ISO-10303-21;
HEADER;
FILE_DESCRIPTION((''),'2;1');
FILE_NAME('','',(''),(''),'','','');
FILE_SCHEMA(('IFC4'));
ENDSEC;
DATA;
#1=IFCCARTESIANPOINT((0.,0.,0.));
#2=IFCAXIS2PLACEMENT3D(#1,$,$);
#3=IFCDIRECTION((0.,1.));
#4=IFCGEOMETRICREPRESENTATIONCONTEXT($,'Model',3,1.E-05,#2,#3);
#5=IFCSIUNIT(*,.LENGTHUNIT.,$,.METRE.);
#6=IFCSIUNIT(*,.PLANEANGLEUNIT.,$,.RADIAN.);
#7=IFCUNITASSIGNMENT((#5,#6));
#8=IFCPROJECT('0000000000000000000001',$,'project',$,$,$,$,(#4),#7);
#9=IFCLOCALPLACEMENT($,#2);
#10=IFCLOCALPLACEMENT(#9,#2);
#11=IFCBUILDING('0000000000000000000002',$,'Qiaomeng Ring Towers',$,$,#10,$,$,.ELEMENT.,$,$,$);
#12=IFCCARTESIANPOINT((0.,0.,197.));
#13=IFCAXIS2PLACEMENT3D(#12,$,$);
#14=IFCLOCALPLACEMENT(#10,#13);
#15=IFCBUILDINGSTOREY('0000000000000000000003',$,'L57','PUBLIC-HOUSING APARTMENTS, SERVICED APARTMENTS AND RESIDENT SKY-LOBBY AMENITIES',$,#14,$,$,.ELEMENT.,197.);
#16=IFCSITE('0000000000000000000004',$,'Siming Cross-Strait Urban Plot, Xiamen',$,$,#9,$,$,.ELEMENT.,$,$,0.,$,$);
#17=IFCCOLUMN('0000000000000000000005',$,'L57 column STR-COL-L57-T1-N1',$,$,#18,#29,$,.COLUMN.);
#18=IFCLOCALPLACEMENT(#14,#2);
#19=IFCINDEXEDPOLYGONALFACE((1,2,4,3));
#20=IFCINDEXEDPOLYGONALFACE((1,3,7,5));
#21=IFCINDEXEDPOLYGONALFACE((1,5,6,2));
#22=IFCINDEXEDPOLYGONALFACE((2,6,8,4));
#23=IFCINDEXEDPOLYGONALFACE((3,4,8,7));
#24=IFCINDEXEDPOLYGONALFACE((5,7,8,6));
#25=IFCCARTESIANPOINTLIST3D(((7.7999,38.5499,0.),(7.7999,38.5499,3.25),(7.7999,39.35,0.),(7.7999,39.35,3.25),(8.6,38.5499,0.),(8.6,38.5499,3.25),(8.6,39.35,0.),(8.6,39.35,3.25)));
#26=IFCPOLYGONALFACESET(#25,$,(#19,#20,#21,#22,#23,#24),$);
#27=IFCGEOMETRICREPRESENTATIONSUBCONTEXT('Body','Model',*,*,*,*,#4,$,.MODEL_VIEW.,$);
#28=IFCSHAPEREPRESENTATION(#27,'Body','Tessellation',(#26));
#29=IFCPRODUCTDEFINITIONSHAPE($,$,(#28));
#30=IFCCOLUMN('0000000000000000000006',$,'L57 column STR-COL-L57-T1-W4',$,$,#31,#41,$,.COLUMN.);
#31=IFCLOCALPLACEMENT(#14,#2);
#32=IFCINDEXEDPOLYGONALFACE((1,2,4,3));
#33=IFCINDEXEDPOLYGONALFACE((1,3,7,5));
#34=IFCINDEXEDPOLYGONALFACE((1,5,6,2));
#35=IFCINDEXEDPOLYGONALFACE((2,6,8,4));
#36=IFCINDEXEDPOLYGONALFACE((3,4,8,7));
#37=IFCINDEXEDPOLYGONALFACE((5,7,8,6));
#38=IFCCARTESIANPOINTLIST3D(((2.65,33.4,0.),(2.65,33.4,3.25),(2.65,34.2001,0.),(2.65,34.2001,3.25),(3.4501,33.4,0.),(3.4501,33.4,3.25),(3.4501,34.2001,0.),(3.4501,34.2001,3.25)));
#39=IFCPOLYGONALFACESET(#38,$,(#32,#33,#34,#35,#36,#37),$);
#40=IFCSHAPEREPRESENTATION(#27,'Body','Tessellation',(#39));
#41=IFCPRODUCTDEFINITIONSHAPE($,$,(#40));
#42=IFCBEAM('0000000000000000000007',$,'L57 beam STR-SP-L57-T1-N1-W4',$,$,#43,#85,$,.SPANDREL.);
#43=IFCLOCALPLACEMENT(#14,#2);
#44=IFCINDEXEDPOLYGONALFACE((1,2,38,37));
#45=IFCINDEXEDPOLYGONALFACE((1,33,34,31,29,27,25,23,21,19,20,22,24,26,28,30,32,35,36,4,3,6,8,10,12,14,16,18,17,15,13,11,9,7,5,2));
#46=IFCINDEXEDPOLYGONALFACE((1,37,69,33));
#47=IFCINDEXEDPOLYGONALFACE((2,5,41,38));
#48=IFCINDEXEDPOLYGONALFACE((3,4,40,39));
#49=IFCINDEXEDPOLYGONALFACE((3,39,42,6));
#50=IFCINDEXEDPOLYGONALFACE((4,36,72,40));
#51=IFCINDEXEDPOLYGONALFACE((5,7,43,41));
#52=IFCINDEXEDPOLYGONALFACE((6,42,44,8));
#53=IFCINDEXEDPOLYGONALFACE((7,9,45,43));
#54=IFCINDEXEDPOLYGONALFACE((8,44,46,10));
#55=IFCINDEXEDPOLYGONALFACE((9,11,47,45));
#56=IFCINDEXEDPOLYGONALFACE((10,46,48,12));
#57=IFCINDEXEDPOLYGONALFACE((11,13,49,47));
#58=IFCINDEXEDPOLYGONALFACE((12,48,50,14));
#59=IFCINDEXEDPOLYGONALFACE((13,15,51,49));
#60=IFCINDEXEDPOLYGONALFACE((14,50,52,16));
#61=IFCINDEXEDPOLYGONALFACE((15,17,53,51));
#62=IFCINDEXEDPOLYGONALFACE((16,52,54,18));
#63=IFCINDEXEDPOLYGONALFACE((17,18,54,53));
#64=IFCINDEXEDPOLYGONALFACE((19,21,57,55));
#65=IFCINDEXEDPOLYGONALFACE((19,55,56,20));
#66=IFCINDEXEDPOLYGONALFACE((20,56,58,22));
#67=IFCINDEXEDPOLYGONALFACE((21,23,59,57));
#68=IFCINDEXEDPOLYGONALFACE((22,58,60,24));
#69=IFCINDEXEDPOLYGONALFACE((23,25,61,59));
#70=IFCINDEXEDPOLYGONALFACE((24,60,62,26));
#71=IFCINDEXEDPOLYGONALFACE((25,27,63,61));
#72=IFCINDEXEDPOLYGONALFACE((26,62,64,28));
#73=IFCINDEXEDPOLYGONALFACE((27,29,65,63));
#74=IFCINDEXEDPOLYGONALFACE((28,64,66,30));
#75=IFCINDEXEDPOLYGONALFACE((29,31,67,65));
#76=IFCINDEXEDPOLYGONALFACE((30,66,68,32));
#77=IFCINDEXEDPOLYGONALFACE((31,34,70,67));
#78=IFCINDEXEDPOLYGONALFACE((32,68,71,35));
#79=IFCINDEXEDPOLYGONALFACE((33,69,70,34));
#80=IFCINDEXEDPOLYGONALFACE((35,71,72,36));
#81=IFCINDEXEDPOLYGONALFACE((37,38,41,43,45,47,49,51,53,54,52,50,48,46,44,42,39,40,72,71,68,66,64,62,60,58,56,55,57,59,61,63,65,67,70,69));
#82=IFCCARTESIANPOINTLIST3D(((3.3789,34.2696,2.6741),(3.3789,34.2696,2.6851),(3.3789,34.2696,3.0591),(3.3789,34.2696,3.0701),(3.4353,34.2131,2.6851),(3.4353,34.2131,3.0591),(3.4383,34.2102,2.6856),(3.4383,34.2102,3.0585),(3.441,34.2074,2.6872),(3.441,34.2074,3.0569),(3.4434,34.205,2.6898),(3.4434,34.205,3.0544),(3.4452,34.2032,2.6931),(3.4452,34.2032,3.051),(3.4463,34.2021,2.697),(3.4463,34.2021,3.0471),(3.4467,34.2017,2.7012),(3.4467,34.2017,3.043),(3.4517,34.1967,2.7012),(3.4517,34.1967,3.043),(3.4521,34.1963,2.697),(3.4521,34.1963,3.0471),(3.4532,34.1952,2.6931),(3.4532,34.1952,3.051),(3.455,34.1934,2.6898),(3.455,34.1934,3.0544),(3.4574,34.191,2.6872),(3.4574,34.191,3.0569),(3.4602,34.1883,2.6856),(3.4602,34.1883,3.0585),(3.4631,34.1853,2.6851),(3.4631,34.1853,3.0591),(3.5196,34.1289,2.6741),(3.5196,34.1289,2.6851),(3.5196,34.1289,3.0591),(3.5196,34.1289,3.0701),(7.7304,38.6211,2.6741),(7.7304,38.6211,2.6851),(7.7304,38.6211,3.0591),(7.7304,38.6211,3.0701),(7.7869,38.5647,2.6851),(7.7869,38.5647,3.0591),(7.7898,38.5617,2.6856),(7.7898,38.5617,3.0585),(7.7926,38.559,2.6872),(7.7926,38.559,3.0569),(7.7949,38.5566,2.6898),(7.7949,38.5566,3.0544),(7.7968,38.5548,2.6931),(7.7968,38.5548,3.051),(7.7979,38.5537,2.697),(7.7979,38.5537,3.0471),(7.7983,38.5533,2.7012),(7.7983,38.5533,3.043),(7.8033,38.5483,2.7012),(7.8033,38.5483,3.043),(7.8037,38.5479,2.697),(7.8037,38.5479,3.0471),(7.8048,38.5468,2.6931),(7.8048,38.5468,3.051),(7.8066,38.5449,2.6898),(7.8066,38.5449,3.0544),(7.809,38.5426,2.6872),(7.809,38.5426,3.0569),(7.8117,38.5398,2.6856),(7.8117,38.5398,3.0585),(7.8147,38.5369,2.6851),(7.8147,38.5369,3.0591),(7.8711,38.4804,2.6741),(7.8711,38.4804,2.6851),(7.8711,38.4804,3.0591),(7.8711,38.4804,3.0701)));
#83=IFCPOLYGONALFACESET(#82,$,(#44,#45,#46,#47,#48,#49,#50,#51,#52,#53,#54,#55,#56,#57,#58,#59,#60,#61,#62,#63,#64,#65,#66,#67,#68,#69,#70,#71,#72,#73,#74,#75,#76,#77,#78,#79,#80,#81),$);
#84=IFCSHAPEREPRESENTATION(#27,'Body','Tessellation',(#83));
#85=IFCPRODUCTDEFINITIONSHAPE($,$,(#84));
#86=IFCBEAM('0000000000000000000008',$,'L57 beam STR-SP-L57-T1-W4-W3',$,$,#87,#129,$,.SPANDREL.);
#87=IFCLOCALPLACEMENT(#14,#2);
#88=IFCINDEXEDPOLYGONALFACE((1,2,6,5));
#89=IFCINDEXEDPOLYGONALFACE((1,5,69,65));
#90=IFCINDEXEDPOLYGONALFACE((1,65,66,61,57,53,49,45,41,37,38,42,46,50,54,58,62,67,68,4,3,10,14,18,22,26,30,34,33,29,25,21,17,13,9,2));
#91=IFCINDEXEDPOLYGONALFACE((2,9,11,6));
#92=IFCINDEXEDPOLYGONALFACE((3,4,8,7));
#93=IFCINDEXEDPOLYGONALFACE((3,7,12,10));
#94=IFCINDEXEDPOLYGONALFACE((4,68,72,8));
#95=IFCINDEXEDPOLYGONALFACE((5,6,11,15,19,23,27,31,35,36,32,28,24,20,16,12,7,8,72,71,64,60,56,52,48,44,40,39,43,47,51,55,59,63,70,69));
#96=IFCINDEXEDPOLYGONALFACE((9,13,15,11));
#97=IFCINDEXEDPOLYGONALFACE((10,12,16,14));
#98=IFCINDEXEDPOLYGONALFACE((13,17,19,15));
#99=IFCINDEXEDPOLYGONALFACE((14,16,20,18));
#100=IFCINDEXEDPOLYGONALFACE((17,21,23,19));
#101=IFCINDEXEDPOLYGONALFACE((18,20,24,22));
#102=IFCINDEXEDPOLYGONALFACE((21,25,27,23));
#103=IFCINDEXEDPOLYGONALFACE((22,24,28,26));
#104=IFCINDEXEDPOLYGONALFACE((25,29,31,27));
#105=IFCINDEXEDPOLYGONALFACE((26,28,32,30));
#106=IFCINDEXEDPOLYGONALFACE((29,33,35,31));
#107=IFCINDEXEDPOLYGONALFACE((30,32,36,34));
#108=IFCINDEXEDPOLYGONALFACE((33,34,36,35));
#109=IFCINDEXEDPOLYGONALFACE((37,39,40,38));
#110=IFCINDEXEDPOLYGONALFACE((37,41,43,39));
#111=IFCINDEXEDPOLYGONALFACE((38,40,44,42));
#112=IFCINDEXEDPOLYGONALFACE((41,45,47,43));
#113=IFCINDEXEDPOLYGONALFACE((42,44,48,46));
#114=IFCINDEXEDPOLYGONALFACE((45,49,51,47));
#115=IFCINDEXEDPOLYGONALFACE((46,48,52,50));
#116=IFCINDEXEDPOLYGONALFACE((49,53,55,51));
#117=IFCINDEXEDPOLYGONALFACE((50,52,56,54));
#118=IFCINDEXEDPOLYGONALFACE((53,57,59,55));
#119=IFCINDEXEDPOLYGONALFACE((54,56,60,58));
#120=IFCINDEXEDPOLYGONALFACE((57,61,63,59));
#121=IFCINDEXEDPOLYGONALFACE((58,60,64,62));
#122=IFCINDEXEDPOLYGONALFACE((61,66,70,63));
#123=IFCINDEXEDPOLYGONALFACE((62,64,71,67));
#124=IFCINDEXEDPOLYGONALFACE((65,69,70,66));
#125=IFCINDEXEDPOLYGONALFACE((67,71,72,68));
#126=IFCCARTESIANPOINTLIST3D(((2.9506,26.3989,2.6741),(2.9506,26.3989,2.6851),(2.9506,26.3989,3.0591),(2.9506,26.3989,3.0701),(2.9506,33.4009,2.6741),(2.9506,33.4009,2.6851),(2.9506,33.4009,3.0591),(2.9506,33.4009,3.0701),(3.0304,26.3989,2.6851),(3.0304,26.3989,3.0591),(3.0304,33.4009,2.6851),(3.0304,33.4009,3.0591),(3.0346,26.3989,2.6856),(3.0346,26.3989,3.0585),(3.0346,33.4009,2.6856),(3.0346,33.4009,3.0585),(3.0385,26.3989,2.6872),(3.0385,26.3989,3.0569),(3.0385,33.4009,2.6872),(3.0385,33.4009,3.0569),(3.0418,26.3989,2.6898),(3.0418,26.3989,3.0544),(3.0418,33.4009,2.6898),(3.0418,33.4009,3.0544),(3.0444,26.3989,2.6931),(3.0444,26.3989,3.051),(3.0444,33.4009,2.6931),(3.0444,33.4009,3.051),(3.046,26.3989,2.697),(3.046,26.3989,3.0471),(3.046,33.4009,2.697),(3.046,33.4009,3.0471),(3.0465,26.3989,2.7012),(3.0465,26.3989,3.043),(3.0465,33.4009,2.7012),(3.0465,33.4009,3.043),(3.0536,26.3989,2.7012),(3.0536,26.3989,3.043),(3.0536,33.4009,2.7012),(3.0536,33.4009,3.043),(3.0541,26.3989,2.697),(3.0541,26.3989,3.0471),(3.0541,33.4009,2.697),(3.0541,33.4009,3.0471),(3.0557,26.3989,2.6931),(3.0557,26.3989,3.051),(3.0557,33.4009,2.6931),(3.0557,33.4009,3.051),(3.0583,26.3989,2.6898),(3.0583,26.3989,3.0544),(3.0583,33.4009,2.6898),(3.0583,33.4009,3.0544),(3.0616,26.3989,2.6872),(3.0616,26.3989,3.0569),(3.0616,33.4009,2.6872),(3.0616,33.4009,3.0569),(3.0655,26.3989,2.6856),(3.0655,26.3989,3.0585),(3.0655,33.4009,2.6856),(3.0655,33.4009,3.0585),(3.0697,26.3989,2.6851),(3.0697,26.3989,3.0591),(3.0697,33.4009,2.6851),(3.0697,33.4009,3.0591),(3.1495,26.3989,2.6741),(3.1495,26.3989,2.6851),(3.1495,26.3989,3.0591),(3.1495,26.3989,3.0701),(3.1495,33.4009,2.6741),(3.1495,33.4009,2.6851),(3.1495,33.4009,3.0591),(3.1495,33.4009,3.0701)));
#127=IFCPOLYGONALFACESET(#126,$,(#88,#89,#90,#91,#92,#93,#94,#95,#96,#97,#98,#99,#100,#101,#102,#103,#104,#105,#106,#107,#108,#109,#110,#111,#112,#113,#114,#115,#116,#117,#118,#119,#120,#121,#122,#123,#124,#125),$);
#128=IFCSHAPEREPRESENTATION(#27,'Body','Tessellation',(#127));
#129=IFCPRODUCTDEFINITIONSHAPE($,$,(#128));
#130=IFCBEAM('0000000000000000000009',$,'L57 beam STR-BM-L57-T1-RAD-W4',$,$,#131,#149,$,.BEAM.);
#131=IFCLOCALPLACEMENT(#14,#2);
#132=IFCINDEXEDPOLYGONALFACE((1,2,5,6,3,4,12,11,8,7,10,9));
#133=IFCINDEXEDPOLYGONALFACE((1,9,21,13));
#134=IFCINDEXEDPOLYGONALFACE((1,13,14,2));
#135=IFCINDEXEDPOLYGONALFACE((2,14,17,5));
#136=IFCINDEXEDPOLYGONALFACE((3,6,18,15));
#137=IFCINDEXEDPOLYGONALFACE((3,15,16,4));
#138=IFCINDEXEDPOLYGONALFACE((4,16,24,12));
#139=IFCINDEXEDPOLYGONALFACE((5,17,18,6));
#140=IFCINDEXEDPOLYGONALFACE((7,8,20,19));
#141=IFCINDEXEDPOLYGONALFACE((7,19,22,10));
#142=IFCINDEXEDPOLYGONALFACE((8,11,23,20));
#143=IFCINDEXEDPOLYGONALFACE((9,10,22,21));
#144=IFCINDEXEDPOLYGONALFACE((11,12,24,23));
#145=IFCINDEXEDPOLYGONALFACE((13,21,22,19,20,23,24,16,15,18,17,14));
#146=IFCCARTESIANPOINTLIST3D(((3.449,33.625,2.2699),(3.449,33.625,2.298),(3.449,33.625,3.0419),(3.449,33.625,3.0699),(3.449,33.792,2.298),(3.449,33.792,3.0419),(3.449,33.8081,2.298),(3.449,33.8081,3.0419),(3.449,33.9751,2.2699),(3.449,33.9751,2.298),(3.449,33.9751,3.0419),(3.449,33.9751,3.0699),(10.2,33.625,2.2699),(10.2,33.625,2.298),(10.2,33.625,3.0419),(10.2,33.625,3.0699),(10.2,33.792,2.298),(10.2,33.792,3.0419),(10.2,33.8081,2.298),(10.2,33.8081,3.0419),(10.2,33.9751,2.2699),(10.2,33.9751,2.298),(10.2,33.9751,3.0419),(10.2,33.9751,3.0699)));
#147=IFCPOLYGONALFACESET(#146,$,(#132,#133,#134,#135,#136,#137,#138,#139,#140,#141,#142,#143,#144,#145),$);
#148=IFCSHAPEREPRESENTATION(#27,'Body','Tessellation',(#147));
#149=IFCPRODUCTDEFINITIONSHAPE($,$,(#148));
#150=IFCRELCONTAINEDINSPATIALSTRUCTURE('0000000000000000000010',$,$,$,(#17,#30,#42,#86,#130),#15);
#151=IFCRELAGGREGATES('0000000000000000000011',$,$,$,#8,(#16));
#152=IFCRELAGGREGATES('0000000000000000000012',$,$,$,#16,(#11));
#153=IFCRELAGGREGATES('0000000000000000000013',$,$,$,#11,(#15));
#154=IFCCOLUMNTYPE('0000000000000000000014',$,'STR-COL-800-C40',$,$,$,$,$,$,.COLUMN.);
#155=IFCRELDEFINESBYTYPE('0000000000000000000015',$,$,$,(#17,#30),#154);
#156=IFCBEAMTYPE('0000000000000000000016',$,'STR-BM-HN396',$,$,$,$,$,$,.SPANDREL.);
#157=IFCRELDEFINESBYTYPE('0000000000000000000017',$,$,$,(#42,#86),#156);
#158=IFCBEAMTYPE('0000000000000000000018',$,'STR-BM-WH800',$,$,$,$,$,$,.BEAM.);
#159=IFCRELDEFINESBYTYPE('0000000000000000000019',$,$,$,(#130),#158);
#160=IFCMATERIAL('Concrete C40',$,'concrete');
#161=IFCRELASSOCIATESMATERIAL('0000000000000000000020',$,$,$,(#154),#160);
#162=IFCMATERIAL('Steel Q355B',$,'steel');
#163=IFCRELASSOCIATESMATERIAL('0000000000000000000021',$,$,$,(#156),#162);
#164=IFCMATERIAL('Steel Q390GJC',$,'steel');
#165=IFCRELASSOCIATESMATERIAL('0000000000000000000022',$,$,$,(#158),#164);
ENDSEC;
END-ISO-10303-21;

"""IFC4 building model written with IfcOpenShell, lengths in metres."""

from ifc_helpers import new_model, si_unit, direction, frame, origin, origin_2d, place, context, subcontext, project, spatial, rectangle, i_section, extrude, source, transform, mapped, material, material_profile, profile_set, type_object, element, save


model = new_model("IFC4")

# Units and contexts
model_context = context("Model", 3, precision=1e-05, world=origin(), true_north=direction((0.0, 1.0)))
body_context = subcontext(model_context, "Body", "Model", "MODEL_VIEW")
ifc_project = project(units=[si_unit("LENGTHUNIT", "METRE"), si_unit("PLANEANGLEUNIT", "RADIAN")], contexts=[model_context])

# Site, building, storey
site_placement = place(None, origin())
site = spatial("IfcSite", under=ifc_project, at=site_placement, Name="Siming Cross-Strait Urban Plot, Xiamen", CompositionType="ELEMENT", RefElevation=0.0)
building_placement = place(site_placement, origin())
building = spatial("IfcBuilding", under=site, at=building_placement, Name="Qiaomeng Ring Towers", CompositionType="ELEMENT")
storey_placement = place(building_placement, frame((0.0, 0.0, 197.0)))
storey = spatial("IfcBuildingStorey", under=building, at=storey_placement, Name="L57", Description="PUBLIC-HOUSING APARTMENTS, SERVICED APARTMENTS AND RESIDENT SKY-LOBBY AMENITIES", CompositionType="ELEMENT", Elevation=197.0)

# Columns
ifc_material_1 = material(Name="Concrete C40", Category="concrete")
ifc_material_profile_1 = material_profile(ifc_material_1, rectangle(XDim=0.8, YDim=0.8, at=origin_2d()), Name="RC COL 800x800")
ifc_profile_set_1 = profile_set([ifc_material_profile_1], Name="Concrete C40")
column_type = type_object("IfcColumnType", Name="STR-COL-800-C40", PredefinedType="COLUMN", material=ifc_profile_set_1)
shared_shape_1 = source(origin(), body_context, "Body", "SweptSolid", [
    extrude(rectangle(XDim=0.8, YDim=0.8, at=origin_2d()), origin(), (0.0, 0.0, 1.0), 3.25),
])
for number, where, z_axis, x_axis, name in (
    (1, (8.2, 38.95, 0.0), (0.0, 0.0, 1.0), (1.0, 0.0, 0.0), "L57 column STR-COL-L57-T1-N1"),
    (2, (3.05, 33.8, 0.0), (0.0, 0.0, 1.0), (1.0, 0.0, 0.0), "L57 column STR-COL-L57-T1-W4"),
):
    element("IfcColumn", number, at=place(storey_placement, frame(where, z_axis=z_axis, x_axis=x_axis)), inside=storey, type_object=column_type, Name=name, PredefinedType="COLUMN", context=body_context, shape_type="MappedRepresentation", body=[
        mapped(shared_shape_1, transform((0.0, 0.0, 0.0), x_axis=(1.0, 0.0, 0.0), y_axis=(0.0, 1.0, 0.0), z_axis=(0.0, 0.0, 1.0), scale=1.0)),
    ])

# Beams
ifc_material_2 = material(Name="Steel Q355B", Category="steel")
ifc_material_profile_2 = material_profile(ifc_material_2, i_section(OverallWidth=0.199, OverallDepth=0.396, WebThickness=0.0071, FlangeThickness=0.011, FilletRadius=0.0161, at=origin_2d()), Name="HN 396x199x7x11")
ifc_profile_set_2 = profile_set([ifc_material_profile_2], Name="Steel Q355B")
beam_type_1 = type_object("IfcBeamType", Name="STR-BM-HN396", PredefinedType="SPANDREL", material=ifc_profile_set_2)
shared_shape_2 = source(origin(), body_context, "Body", "SweptSolid", [
    extrude(i_section(OverallWidth=0.199, OverallDepth=0.396, WebThickness=0.0071, FlangeThickness=0.011, FilletRadius=0.0161, at=origin_2d()), origin(), (0.0, 0.0, 1.0), 6.1541),
])
beam_1_placement = place(storey_placement, frame((7.8008, 38.5508, 2.8721), z_axis=(-0.707107, -0.707107, 0.0), x_axis=(0.707107, -0.707107, 0.0)))
element("IfcBeam", 3, at=beam_1_placement, inside=storey, type_object=beam_type_1, Name="L57 beam STR-SP-L57-T1-N1-W4", PredefinedType="SPANDREL", context=body_context, shape_type="MappedRepresentation", body=[
    mapped(shared_shape_2, transform((0.0, 0.0, 0.0), x_axis=(1.0, 0.0, 0.0), y_axis=(0.0, 1.0, 0.0), z_axis=(0.0, 0.0, 1.0), scale=1.0)),
])
shared_shape_3 = source(origin(), body_context, "Body", "SweptSolid", [
    extrude(i_section(OverallWidth=0.199, OverallDepth=0.396, WebThickness=0.0071, FlangeThickness=0.011, FilletRadius=0.0161, at=origin_2d()), origin(), (0.0, 0.0, 1.0), 7.002),
])
beam_2_placement = place(storey_placement, frame((3.05, 33.4009, 2.8721), z_axis=(0.0, -1.0, 0.0), x_axis=(1.0, 0.0, 0.0)))
element("IfcBeam", 4, at=beam_2_placement, inside=storey, type_object=beam_type_1, Name="L57 beam STR-SP-L57-T1-W4-W3", PredefinedType="SPANDREL", context=body_context, shape_type="MappedRepresentation", body=[
    mapped(shared_shape_3, transform((0.0, 0.0, 0.0), x_axis=(1.0, 0.0, 0.0), y_axis=(0.0, 1.0, 0.0), z_axis=(0.0, 0.0, 1.0), scale=1.0)),
])
ifc_material_3 = material(Name="Steel Q390GJC", Category="steel")
ifc_material_profile_3 = material_profile(ifc_material_3, i_section(OverallWidth=0.3501, OverallDepth=0.8, WebThickness=0.0161, FlangeThickness=0.0281, at=origin_2d()), Name="WH 800x350x16x28")
ifc_profile_set_3 = profile_set([ifc_material_profile_3], Name="Steel Q390GJC")
beam_type_2 = type_object("IfcBeamType", Name="STR-BM-WH800", PredefinedType="BEAM", material=ifc_profile_set_3)
shared_shape_4 = source(origin(), body_context, "Body", "SweptSolid", [
    extrude(i_section(OverallWidth=0.3501, OverallDepth=0.8, WebThickness=0.0161, FlangeThickness=0.0281, at=origin_2d()), origin(), (0.0, 0.0, 1.0), 6.751),
])
beam_3_placement = place(storey_placement, frame((3.449, 33.8, 2.6699), z_axis=(1.0, 0.0, 0.0), x_axis=(0.0, 1.0, 0.0)))
element("IfcBeam", 5, at=beam_3_placement, inside=storey, type_object=beam_type_2, Name="L57 beam STR-BM-L57-T1-RAD-W4", PredefinedType="BEAM", context=body_context, shape_type="MappedRepresentation", body=[
    mapped(shared_shape_4, transform((0.0, 0.0, 0.0), x_axis=(1.0, 0.0, 0.0), y_axis=(0.0, 1.0, 0.0), z_axis=(0.0, 0.0, 1.0), scale=1.0)),
])

save(model, "model.ifc")
